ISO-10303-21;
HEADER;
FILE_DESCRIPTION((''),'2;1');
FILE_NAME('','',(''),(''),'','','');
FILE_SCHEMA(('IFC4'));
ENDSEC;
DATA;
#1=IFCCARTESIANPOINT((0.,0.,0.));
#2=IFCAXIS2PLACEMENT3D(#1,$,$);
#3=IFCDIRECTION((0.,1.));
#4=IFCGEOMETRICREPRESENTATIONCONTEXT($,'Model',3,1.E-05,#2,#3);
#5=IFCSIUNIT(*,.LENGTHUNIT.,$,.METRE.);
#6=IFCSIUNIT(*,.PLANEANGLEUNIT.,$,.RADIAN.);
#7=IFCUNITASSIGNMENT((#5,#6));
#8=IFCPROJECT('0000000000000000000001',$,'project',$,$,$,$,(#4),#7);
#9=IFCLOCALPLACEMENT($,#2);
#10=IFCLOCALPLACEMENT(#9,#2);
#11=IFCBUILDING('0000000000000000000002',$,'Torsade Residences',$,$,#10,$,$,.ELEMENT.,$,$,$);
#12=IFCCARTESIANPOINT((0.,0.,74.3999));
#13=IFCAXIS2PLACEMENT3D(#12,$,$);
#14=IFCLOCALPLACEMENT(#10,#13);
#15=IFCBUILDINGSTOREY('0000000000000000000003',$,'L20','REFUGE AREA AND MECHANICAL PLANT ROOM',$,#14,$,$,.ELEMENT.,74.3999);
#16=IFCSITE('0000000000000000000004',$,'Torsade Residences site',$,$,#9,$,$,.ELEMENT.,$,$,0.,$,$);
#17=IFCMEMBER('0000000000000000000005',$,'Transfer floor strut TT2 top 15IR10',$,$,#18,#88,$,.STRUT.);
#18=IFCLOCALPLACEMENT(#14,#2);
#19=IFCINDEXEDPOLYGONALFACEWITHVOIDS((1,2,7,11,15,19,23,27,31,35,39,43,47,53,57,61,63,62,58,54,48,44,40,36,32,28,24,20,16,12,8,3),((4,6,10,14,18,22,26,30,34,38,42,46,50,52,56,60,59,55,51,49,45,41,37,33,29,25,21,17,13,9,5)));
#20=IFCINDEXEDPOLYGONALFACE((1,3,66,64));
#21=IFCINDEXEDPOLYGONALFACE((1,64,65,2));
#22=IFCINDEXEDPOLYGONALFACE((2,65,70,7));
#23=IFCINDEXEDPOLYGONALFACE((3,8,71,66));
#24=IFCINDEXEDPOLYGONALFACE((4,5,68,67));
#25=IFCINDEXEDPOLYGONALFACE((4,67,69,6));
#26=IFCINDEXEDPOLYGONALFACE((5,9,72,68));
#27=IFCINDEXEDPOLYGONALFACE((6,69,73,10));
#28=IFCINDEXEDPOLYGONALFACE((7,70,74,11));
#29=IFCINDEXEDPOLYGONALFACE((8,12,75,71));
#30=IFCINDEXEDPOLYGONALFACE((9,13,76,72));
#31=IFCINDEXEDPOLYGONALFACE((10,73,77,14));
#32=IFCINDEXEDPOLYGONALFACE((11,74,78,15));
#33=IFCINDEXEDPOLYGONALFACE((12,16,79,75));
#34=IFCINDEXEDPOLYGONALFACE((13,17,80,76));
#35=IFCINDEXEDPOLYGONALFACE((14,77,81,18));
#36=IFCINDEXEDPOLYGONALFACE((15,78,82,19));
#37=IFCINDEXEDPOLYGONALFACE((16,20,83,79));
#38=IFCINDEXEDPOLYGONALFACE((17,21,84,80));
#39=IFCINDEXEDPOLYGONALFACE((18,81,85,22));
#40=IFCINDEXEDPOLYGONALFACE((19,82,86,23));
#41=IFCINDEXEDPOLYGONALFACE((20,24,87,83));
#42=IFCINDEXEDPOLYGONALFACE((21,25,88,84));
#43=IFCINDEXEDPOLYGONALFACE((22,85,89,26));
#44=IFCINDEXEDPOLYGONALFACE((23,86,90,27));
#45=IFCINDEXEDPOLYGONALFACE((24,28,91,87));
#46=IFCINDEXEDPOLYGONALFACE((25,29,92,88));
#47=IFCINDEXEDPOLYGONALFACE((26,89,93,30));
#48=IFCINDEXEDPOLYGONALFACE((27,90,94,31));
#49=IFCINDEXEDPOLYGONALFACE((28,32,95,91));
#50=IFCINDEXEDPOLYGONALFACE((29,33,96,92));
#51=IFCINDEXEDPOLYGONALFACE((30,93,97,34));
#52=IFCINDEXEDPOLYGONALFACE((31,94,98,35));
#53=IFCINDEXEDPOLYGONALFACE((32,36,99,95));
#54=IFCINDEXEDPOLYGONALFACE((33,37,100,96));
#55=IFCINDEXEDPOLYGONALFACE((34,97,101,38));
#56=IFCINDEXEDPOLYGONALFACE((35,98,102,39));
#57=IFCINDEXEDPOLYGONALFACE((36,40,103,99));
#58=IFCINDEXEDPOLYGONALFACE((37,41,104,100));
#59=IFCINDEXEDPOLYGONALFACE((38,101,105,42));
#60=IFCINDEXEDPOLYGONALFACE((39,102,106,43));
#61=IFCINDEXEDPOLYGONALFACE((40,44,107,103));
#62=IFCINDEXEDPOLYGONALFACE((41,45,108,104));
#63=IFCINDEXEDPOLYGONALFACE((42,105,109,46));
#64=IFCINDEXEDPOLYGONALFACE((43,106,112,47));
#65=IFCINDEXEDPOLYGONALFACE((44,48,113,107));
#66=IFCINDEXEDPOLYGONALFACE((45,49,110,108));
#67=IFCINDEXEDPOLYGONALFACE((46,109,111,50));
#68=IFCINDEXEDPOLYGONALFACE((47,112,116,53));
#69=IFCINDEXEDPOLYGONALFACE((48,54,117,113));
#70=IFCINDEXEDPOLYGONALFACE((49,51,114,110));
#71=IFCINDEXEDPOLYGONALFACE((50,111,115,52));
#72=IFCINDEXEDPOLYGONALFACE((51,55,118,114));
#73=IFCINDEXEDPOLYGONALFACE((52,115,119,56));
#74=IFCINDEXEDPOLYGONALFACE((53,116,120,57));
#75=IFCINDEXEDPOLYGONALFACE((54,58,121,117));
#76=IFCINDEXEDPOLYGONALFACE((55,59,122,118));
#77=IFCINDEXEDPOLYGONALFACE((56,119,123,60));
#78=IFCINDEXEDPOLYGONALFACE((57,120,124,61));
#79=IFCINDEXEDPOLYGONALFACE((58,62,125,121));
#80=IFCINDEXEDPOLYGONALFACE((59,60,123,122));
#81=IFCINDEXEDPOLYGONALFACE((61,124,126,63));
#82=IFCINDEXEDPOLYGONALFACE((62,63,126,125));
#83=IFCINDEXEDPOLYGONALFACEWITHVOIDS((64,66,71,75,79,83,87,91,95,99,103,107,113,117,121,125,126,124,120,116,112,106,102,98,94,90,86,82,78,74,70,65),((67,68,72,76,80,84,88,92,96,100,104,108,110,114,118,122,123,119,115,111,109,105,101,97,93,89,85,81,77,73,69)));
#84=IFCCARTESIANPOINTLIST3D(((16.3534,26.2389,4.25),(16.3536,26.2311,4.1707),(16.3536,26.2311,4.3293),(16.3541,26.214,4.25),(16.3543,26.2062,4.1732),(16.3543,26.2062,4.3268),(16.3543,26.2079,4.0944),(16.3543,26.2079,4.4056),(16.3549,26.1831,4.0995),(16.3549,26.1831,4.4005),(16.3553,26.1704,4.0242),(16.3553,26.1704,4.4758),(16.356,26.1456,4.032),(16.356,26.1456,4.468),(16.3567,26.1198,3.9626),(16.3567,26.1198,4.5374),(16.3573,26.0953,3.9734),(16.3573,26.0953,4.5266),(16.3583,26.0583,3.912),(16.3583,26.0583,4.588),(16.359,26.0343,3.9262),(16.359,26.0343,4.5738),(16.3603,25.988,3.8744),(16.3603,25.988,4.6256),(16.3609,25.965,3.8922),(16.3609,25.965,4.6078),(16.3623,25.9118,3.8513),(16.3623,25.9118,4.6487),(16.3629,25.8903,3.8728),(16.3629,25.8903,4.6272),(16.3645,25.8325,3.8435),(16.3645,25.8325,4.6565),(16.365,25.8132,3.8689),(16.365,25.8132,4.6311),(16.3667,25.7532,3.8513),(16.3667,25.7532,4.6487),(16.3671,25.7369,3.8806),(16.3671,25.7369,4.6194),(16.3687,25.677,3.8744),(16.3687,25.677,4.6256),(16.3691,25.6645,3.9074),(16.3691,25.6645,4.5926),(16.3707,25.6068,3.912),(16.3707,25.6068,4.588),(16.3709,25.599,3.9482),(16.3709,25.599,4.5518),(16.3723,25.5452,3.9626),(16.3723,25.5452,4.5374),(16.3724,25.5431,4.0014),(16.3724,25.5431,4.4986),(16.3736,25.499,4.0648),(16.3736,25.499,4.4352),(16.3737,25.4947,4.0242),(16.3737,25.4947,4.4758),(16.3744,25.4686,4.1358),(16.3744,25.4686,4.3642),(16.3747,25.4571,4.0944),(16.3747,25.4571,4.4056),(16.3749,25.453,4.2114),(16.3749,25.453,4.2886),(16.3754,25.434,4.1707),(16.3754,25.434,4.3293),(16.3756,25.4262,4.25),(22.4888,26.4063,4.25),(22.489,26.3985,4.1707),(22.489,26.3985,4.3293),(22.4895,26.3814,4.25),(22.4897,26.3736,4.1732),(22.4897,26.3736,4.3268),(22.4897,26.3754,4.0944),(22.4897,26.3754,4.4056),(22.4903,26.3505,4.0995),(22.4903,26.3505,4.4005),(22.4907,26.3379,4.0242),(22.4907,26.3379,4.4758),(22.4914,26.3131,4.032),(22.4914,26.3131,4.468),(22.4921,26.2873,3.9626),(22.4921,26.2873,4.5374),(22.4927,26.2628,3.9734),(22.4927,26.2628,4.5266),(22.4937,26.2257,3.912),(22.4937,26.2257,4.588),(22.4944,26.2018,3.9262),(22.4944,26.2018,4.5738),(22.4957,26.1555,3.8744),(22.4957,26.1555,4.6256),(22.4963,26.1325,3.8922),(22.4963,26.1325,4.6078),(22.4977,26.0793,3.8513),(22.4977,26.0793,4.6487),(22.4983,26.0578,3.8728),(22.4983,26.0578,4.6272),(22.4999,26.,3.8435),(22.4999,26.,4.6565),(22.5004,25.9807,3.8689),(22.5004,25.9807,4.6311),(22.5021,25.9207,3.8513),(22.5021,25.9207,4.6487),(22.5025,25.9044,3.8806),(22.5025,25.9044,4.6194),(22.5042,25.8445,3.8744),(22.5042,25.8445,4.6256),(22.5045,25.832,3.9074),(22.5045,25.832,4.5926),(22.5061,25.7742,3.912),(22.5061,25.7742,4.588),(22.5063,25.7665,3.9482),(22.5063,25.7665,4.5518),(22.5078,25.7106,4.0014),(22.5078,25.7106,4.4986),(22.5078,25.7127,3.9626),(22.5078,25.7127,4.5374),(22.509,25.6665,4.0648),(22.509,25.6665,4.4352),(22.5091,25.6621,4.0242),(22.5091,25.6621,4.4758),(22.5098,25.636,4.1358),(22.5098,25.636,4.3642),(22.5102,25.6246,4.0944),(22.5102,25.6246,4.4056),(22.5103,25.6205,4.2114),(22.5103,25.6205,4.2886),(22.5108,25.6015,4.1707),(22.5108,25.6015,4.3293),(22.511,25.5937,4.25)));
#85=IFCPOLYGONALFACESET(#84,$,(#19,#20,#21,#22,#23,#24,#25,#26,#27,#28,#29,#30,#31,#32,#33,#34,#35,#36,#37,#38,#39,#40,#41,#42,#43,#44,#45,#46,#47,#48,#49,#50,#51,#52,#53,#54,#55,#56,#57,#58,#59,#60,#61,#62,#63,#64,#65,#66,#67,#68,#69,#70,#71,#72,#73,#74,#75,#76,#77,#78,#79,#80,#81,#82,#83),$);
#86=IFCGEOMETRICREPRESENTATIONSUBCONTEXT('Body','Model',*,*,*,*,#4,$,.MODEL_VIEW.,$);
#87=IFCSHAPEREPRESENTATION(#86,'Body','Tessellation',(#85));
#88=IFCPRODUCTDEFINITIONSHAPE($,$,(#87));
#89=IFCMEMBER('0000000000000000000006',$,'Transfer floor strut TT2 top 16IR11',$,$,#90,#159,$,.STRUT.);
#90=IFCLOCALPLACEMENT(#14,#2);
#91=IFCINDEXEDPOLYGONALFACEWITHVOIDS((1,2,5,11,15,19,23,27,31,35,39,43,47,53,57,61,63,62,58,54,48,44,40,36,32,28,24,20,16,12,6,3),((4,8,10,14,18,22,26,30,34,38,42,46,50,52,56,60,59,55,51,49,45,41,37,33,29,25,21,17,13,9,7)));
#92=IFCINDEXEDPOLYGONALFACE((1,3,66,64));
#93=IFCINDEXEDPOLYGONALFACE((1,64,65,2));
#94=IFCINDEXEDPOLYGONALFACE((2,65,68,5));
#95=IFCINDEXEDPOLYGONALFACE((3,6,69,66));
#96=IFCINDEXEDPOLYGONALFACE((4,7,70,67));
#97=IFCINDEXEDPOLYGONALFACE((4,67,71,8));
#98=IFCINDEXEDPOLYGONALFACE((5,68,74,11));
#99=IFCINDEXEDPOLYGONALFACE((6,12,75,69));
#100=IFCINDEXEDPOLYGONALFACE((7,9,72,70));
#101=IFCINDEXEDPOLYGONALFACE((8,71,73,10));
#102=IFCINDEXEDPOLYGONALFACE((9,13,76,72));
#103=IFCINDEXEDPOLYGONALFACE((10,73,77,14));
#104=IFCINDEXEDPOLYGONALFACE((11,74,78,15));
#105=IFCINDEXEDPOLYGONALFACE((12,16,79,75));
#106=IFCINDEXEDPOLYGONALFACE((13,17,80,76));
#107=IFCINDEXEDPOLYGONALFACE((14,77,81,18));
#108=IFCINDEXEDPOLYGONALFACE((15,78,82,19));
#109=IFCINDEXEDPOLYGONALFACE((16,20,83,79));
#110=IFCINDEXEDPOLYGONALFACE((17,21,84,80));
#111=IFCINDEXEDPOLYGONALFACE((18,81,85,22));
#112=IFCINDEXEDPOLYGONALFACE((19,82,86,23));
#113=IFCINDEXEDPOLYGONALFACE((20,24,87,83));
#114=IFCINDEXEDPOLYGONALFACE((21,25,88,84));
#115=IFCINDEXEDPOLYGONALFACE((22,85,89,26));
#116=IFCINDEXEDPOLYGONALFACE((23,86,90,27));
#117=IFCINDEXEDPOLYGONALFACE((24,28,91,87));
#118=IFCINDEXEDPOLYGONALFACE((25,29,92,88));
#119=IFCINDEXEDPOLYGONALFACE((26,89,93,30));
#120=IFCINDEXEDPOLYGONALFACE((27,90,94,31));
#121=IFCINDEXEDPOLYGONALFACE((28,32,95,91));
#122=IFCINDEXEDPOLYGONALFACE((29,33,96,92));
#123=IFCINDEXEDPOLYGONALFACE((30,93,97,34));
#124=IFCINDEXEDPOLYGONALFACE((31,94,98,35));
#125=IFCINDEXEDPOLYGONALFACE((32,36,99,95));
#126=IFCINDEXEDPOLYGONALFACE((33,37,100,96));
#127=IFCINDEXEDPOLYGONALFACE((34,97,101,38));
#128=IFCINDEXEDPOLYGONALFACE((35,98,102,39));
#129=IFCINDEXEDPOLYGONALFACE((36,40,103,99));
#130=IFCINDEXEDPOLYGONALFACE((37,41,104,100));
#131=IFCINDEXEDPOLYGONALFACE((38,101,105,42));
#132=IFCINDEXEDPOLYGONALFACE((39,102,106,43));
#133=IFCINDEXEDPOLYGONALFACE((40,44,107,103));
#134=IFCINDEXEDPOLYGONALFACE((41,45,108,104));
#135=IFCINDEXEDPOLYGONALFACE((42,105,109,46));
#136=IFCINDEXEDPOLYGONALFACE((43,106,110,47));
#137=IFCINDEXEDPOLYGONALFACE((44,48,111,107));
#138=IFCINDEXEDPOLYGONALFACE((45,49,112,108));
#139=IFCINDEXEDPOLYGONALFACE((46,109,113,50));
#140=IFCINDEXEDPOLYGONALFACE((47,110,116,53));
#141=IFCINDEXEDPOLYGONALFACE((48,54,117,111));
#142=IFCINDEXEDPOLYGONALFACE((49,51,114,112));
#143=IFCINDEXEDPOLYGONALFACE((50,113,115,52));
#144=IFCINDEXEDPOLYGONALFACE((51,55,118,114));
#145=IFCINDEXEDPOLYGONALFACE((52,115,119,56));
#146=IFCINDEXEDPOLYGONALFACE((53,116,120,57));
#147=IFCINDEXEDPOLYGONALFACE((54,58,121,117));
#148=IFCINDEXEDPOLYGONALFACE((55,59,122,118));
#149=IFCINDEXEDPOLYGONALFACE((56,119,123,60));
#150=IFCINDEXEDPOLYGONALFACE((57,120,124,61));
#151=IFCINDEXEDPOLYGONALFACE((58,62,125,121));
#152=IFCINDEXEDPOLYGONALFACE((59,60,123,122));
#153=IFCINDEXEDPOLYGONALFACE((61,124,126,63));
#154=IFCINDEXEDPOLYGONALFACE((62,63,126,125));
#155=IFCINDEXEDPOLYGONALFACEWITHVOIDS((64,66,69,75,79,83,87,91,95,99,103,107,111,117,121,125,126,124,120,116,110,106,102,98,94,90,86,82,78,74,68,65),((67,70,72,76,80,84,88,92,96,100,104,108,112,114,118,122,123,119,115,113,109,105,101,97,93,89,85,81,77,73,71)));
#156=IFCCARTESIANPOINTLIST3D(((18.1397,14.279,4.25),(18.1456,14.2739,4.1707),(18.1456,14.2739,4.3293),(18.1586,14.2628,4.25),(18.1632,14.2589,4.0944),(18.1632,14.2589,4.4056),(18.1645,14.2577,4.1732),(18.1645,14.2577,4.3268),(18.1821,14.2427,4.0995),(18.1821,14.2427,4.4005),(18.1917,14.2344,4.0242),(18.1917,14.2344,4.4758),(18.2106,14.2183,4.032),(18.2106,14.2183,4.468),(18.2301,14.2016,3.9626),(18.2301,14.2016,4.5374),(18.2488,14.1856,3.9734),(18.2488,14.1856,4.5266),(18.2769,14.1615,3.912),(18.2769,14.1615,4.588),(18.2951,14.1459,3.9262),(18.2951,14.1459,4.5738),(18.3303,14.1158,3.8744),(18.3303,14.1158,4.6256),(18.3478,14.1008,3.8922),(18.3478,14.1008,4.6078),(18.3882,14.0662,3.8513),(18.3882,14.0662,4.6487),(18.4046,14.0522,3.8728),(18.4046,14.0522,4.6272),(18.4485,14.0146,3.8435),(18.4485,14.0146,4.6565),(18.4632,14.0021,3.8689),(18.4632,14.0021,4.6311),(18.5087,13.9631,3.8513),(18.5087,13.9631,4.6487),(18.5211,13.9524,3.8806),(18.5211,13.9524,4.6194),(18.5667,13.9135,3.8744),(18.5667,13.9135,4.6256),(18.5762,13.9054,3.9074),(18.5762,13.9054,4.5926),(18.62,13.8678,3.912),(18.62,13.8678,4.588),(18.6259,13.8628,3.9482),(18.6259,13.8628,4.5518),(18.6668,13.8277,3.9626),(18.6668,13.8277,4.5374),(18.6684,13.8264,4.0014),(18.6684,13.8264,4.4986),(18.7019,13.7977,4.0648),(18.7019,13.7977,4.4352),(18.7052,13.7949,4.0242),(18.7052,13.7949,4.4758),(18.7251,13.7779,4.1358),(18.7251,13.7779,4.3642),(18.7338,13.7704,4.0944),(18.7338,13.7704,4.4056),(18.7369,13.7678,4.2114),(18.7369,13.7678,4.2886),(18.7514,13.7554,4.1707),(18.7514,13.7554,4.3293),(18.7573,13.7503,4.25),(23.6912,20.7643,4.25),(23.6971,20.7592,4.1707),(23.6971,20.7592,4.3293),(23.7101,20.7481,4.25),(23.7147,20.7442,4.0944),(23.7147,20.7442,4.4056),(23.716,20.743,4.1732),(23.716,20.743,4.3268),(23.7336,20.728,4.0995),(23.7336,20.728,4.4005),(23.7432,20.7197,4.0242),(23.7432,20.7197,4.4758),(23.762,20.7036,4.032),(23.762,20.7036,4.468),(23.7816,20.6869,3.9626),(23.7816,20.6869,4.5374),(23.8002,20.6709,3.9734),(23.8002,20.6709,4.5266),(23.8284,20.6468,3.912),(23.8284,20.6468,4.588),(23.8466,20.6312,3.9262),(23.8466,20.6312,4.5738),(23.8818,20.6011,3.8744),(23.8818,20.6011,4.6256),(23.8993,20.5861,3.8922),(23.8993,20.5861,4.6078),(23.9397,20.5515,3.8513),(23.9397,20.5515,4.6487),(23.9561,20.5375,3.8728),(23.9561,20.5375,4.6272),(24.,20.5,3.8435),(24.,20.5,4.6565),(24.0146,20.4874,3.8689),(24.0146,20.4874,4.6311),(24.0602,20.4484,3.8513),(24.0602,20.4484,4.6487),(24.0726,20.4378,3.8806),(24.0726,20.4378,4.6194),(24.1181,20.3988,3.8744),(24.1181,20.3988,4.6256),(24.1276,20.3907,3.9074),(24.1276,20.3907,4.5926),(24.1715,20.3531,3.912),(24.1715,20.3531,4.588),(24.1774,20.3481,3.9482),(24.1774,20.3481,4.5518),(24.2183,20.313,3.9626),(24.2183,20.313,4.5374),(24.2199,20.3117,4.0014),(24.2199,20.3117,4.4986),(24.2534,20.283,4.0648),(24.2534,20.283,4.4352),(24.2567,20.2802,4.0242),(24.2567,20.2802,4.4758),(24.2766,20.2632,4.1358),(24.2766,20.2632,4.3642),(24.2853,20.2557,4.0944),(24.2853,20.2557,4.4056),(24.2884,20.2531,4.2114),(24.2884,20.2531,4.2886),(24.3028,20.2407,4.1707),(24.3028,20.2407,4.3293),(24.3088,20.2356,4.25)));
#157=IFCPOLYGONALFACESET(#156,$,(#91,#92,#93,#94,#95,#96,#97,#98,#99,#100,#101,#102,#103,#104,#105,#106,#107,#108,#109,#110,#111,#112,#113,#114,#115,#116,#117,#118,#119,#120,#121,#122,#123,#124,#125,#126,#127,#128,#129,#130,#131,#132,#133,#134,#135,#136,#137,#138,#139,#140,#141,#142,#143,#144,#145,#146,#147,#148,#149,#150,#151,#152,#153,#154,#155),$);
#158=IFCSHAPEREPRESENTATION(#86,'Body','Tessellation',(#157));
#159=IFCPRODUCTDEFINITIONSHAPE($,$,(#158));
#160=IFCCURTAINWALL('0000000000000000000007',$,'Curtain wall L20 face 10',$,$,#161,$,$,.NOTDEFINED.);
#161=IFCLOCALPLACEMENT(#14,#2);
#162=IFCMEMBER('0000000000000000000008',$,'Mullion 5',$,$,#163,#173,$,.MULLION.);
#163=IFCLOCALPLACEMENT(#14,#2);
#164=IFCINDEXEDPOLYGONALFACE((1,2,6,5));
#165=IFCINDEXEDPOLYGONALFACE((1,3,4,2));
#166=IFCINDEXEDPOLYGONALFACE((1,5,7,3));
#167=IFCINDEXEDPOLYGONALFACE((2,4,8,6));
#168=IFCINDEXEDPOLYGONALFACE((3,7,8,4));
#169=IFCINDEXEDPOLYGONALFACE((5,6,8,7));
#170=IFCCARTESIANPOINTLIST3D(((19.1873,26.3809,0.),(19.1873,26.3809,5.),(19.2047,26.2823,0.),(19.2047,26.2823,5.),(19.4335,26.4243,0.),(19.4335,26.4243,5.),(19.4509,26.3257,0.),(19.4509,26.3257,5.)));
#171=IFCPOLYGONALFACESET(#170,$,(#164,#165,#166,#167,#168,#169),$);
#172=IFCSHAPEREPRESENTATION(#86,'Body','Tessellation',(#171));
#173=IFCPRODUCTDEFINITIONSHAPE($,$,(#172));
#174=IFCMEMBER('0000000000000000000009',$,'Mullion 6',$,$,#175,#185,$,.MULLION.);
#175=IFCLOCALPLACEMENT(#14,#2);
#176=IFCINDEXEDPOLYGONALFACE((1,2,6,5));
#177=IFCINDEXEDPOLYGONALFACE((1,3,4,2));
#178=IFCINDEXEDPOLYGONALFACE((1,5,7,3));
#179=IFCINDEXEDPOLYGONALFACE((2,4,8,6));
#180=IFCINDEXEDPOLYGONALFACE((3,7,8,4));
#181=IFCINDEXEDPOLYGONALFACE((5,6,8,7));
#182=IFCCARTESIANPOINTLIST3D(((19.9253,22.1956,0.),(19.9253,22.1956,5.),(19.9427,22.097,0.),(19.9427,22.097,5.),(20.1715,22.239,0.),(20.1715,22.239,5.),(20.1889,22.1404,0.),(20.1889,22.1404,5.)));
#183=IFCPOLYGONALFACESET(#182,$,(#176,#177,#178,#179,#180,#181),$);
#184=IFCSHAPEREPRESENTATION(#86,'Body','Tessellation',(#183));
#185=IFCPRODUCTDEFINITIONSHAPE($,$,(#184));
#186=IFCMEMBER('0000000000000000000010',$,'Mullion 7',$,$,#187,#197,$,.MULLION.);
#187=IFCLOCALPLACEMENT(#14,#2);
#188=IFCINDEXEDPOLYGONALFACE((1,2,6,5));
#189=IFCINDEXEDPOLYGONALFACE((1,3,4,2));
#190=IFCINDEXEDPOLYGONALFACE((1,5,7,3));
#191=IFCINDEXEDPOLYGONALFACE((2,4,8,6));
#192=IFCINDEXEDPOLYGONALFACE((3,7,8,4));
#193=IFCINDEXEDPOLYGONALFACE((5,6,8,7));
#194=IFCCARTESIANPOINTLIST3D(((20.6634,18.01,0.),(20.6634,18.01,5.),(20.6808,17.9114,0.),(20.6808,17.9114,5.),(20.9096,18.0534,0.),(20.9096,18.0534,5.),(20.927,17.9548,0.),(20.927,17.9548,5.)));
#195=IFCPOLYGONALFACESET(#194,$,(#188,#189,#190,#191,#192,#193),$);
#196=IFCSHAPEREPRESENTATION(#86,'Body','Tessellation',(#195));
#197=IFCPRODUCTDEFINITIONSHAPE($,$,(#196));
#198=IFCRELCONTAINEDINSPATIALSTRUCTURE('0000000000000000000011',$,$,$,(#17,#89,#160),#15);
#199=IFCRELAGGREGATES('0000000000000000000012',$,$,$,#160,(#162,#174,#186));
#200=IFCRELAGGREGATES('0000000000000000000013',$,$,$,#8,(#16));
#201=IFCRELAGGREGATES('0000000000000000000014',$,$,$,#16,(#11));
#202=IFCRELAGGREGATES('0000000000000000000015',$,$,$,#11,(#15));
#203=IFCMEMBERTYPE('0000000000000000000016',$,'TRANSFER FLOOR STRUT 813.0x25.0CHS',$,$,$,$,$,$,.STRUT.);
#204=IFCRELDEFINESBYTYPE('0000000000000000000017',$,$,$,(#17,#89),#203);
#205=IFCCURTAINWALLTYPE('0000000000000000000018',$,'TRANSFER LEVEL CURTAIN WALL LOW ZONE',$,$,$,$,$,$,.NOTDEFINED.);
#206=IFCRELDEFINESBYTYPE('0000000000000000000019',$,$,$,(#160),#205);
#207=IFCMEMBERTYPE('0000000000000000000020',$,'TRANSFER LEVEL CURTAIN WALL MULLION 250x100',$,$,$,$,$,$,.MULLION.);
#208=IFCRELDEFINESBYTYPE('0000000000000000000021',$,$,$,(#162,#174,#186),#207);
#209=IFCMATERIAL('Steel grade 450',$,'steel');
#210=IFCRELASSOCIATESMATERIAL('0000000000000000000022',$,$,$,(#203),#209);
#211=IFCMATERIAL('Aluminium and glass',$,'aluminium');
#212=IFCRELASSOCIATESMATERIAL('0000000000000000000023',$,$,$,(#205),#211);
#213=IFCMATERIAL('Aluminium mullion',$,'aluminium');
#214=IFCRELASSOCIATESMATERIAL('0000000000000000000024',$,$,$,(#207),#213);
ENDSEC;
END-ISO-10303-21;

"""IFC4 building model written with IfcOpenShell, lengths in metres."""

from ifc_helpers import new_model, si_unit, direction, frame, origin, origin_2d, place, context, subcontext, project, spatial, rectangle, hollow_circle, extrude, material, material_profile, profile_set, type_object, element, aggregate, save


model = new_model("IFC4")

# Units and contexts
model_context = context("Model", 3, precision=1e-05, world=origin(), true_north=direction((0.0, 1.0)))
body_context = subcontext(model_context, "Body", "Model", "MODEL_VIEW")
ifc_project = project(units=[si_unit("LENGTHUNIT", "METRE"), si_unit("PLANEANGLEUNIT", "RADIAN")], contexts=[model_context])

# Site, building, storey
site_placement = place(None, origin())
site = spatial("IfcSite", under=ifc_project, at=site_placement, Name="Torsade Residences site", CompositionType="ELEMENT", RefElevation=0.0)
building_placement = place(site_placement, origin())
building = spatial("IfcBuilding", under=site, at=building_placement, Name="Torsade Residences", CompositionType="ELEMENT")
storey_placement = place(building_placement, frame((0.0, 0.0, 74.3999)))
storey = spatial("IfcBuildingStorey", under=building, at=storey_placement, Name="L20", Description="REFUGE AREA AND MECHANICAL PLANT ROOM", CompositionType="ELEMENT", Elevation=74.3999)

# Members
ifc_material_1 = material(Name="Steel grade 450", Category="steel")
ifc_material_profile_1 = material_profile(ifc_material_1, hollow_circle(Radius=0.4065, WallThickness=0.0249, at=origin_2d()), Name="813.0x25.0CHS")
ifc_profile_set_1 = profile_set([ifc_material_profile_1], Name="Steel grade 450")
member_type_1 = type_object("IfcMemberType", Name="TRANSFER FLOOR STRUT 813.0x25.0CHS", PredefinedType="STRUT", material=ifc_profile_set_1)
member_1_placement = place(storey_placement, frame((16.3645, 25.8325, 4.25), z_axis=(0.999628, 0.027287, 0.0), x_axis=(-0.027287, 0.999628, 0.0)))
element("IfcMember", 1, at=member_1_placement, inside=storey, type_object=member_type_1, Name="Transfer floor strut TT2 top 15IR10", PredefinedType="STRUT", context=body_context, shape_type="SweptSolid", body=[
    extrude(hollow_circle(Radius=0.4065, WallThickness=0.0249, at=origin_2d()), origin(), (0.0, 0.0, 1.0), 6.1377),
])
member_2_placement = place(storey_placement, frame((18.4485, 14.0146, 4.25), z_axis=(0.650294, 0.759682, 0.0), x_axis=(-0.759682, 0.650294, 0.0)))
element("IfcMember", 2, at=member_2_placement, inside=storey, type_object=member_type_1, Name="Transfer floor strut TT2 top 16IR11", PredefinedType="STRUT", context=body_context, shape_type="SweptSolid", body=[
    extrude(hollow_circle(Radius=0.4065, WallThickness=0.0249, at=origin_2d()), origin(), (0.0, 0.0, 1.0), 8.5369),
])

# Curtain wall, members
ifc_material_2 = material(Name="Aluminium and glass", Category="aluminium")
curtain_wall_type = type_object("IfcCurtainWallType", Name="TRANSFER LEVEL CURTAIN WALL LOW ZONE", PredefinedType="NOTDEFINED", material=ifc_material_2)
curtain_wall_placement = place(storey_placement, origin())
curtain_wall = element("IfcCurtainWall", 3, at=curtain_wall_placement, inside=storey, type_object=curtain_wall_type, Name="Curtain wall L20 face 10", PredefinedType="NOTDEFINED")
ifc_material_3 = material(Name="Aluminium mullion", Category="aluminium")
ifc_material_profile_2 = material_profile(ifc_material_3, rectangle(XDim=0.25, YDim=0.1001, at=origin_2d()), Name="TRANSFER LEVEL CURTAIN WALL MULLION 250x100")
ifc_profile_set_2 = profile_set([ifc_material_profile_2], Name="Aluminium mullion")
member_type_2 = type_object("IfcMemberType", Name="TRANSFER LEVEL CURTAIN WALL MULLION 250x100", PredefinedType="MULLION", material=ifc_profile_set_2)
member_3_placement = place(storey_placement, frame((19.3191, 26.3533, 0.0), z_axis=(0.0, 0.0, 1.0), x_axis=(0.984808, 0.173648, 0.0)))
member_3 = element("IfcMember", 4, at=member_3_placement, type_object=member_type_2, Name="Mullion 5", PredefinedType="MULLION", context=body_context, shape_type="SweptSolid", body=[
    extrude(rectangle(XDim=0.25, YDim=0.1001, at=origin_2d()), origin(), (0.0, 0.0, 1.0), 5.0),
])
member_4_placement = place(storey_placement, frame((20.0571, 22.168, 0.0), z_axis=(0.0, 0.0, 1.0), x_axis=(0.984808, 0.173648, 0.0)))
member_4 = element("IfcMember", 5, at=member_4_placement, type_object=member_type_2, Name="Mullion 6", PredefinedType="MULLION", context=body_context, shape_type="SweptSolid", body=[
    extrude(rectangle(XDim=0.25, YDim=0.1001, at=origin_2d()), origin(), (0.0, 0.0, 1.0), 5.0),
])
member_5_placement = place(storey_placement, frame((20.7952, 17.9824, 0.0), z_axis=(0.0, 0.0, 1.0), x_axis=(0.984808, 0.173648, 0.0)))
member_5 = element("IfcMember", 6, at=member_5_placement, type_object=member_type_2, Name="Mullion 7", PredefinedType="MULLION", context=body_context, shape_type="SweptSolid", body=[
    extrude(rectangle(XDim=0.25, YDim=0.1001, at=origin_2d()), origin(), (0.0, 0.0, 1.0), 5.0),
])

aggregate(curtain_wall, [member_3, member_4, member_5])

save(model, "model.ifc")
